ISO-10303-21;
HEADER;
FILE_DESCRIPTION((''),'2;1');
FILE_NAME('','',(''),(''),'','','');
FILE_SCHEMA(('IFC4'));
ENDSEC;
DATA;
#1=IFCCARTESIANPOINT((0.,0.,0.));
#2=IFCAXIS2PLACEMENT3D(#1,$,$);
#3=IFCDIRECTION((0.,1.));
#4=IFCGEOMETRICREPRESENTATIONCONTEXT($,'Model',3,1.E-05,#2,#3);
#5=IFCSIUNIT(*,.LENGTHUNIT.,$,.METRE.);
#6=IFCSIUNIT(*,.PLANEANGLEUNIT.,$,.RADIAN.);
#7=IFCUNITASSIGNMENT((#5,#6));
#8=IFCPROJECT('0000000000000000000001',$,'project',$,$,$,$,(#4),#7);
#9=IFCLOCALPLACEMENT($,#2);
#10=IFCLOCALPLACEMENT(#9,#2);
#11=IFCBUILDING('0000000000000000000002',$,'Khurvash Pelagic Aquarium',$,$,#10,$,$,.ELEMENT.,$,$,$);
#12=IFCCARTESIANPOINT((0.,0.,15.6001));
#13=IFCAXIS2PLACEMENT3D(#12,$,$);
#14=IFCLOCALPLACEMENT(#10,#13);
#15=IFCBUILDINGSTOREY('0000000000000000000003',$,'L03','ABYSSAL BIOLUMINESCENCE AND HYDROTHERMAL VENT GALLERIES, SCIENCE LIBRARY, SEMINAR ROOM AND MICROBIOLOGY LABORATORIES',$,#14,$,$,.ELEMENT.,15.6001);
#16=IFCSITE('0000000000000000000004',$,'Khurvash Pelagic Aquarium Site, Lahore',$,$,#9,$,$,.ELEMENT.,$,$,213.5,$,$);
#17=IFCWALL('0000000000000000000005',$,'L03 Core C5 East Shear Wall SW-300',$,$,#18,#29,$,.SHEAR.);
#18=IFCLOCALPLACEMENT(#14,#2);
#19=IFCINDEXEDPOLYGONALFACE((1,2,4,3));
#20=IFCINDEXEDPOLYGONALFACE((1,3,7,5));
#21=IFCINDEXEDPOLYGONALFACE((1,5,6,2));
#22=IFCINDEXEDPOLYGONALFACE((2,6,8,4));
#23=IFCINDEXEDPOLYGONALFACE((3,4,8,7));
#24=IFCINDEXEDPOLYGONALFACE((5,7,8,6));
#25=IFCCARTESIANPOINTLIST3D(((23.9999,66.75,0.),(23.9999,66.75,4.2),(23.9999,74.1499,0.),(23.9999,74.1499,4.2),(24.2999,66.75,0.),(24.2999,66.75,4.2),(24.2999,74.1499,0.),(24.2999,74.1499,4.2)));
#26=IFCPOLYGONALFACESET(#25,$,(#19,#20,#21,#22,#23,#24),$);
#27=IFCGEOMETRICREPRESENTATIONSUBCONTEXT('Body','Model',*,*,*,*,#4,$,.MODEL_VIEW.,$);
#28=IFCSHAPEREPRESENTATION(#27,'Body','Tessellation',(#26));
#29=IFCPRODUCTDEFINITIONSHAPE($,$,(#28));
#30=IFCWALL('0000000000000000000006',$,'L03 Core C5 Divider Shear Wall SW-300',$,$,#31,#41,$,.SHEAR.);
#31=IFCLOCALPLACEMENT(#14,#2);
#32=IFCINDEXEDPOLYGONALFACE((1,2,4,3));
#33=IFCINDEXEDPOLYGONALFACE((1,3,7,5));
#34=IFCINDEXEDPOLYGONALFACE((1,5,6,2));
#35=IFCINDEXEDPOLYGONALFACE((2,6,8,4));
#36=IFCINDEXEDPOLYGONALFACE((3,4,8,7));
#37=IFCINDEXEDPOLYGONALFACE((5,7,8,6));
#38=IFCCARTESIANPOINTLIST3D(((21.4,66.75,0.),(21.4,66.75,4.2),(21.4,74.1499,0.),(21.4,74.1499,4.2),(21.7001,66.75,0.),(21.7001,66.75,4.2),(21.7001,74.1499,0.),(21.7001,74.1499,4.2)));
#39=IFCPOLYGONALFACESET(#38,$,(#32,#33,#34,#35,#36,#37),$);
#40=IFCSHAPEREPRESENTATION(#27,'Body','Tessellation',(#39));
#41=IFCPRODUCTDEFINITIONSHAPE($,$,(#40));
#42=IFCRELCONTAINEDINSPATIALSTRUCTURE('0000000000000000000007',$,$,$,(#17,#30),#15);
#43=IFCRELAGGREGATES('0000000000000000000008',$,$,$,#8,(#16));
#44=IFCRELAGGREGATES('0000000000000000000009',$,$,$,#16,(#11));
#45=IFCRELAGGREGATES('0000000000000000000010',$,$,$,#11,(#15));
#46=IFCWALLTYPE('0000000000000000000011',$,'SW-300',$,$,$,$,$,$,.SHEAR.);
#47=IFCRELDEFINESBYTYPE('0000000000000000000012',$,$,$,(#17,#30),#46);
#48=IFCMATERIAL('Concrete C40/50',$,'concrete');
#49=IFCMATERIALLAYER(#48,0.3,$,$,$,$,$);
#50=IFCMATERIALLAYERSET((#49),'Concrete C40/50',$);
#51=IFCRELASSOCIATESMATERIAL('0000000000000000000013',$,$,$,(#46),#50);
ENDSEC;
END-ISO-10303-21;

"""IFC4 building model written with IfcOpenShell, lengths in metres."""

from ifc_helpers import new_model, si_unit, direction, frame, frame_2d, origin, place, context, subcontext, project, spatial, rectangle, extrude, material, layer, layer_set, type_object, element, save


model = new_model("IFC4")

# Units and contexts
model_context = context("Model", 3, precision=1e-05, world=origin(), true_north=direction((0.0, 1.0)))
body_context = subcontext(model_context, "Body", "Model", "MODEL_VIEW")
ifc_project = project(units=[si_unit("LENGTHUNIT", "METRE"), si_unit("PLANEANGLEUNIT", "RADIAN")], contexts=[model_context])

# Site, building, storey
site_placement = place(None, origin())
site = spatial("IfcSite", under=ifc_project, at=site_placement, Name="Khurvash Pelagic Aquarium Site, Lahore", CompositionType="ELEMENT", RefElevation=213.5)
building_placement = place(site_placement, origin())
building = spatial("IfcBuilding", under=site, at=building_placement, Name="Khurvash Pelagic Aquarium", CompositionType="ELEMENT")
storey_placement = place(building_placement, frame((0.0, 0.0, 15.6001)))
storey = spatial("IfcBuildingStorey", under=building, at=storey_placement, Name="L03", Description="ABYSSAL BIOLUMINESCENCE AND HYDROTHERMAL VENT GALLERIES, SCIENCE LIBRARY, SEMINAR ROOM AND MICROBIOLOGY LABORATORIES", CompositionType="ELEMENT", Elevation=15.6001)

# Shared definitions
ifc_material_1 = material(Name="Concrete C40/50", Category="concrete")

# Shared definitions
ifc_layer_1 = layer(ifc_material_1, 0.3)
ifc_layer_set_1 = layer_set([ifc_layer_1], Name="Concrete C40/50")
wall_type_1 = type_object("IfcWallType", Name="SW-300", PredefinedType="SHEAR", material=ifc_layer_set_1)

# Walls
for number, where, z_axis, x_axis, name in (
    (1, (24.1499, 66.75, 0.0), (0.0, 0.0, 1.0), (0.0, 1.0, 0.0), "L03 Core C5 East Shear Wall SW-300"),
    (2, (21.55, 66.75, 0.0), (0.0, 0.0, 1.0), (0.0, 1.0, 0.0), "L03 Core C5 Divider Shear Wall SW-300"),
):
    element("IfcWall", number, at=place(storey_placement, frame(where, z_axis=z_axis, x_axis=x_axis)), inside=storey, type_object=wall_type_1, Name=name, PredefinedType="SHEAR", context=body_context, shape_type="SweptSolid", body=[
        extrude(rectangle(XDim=7.3999, YDim=0.3, at=frame_2d((3.7, 0.0))), origin(), (0.0, 0.0, 1.0), 4.2),
    ])

save(model, "model.ifc")
